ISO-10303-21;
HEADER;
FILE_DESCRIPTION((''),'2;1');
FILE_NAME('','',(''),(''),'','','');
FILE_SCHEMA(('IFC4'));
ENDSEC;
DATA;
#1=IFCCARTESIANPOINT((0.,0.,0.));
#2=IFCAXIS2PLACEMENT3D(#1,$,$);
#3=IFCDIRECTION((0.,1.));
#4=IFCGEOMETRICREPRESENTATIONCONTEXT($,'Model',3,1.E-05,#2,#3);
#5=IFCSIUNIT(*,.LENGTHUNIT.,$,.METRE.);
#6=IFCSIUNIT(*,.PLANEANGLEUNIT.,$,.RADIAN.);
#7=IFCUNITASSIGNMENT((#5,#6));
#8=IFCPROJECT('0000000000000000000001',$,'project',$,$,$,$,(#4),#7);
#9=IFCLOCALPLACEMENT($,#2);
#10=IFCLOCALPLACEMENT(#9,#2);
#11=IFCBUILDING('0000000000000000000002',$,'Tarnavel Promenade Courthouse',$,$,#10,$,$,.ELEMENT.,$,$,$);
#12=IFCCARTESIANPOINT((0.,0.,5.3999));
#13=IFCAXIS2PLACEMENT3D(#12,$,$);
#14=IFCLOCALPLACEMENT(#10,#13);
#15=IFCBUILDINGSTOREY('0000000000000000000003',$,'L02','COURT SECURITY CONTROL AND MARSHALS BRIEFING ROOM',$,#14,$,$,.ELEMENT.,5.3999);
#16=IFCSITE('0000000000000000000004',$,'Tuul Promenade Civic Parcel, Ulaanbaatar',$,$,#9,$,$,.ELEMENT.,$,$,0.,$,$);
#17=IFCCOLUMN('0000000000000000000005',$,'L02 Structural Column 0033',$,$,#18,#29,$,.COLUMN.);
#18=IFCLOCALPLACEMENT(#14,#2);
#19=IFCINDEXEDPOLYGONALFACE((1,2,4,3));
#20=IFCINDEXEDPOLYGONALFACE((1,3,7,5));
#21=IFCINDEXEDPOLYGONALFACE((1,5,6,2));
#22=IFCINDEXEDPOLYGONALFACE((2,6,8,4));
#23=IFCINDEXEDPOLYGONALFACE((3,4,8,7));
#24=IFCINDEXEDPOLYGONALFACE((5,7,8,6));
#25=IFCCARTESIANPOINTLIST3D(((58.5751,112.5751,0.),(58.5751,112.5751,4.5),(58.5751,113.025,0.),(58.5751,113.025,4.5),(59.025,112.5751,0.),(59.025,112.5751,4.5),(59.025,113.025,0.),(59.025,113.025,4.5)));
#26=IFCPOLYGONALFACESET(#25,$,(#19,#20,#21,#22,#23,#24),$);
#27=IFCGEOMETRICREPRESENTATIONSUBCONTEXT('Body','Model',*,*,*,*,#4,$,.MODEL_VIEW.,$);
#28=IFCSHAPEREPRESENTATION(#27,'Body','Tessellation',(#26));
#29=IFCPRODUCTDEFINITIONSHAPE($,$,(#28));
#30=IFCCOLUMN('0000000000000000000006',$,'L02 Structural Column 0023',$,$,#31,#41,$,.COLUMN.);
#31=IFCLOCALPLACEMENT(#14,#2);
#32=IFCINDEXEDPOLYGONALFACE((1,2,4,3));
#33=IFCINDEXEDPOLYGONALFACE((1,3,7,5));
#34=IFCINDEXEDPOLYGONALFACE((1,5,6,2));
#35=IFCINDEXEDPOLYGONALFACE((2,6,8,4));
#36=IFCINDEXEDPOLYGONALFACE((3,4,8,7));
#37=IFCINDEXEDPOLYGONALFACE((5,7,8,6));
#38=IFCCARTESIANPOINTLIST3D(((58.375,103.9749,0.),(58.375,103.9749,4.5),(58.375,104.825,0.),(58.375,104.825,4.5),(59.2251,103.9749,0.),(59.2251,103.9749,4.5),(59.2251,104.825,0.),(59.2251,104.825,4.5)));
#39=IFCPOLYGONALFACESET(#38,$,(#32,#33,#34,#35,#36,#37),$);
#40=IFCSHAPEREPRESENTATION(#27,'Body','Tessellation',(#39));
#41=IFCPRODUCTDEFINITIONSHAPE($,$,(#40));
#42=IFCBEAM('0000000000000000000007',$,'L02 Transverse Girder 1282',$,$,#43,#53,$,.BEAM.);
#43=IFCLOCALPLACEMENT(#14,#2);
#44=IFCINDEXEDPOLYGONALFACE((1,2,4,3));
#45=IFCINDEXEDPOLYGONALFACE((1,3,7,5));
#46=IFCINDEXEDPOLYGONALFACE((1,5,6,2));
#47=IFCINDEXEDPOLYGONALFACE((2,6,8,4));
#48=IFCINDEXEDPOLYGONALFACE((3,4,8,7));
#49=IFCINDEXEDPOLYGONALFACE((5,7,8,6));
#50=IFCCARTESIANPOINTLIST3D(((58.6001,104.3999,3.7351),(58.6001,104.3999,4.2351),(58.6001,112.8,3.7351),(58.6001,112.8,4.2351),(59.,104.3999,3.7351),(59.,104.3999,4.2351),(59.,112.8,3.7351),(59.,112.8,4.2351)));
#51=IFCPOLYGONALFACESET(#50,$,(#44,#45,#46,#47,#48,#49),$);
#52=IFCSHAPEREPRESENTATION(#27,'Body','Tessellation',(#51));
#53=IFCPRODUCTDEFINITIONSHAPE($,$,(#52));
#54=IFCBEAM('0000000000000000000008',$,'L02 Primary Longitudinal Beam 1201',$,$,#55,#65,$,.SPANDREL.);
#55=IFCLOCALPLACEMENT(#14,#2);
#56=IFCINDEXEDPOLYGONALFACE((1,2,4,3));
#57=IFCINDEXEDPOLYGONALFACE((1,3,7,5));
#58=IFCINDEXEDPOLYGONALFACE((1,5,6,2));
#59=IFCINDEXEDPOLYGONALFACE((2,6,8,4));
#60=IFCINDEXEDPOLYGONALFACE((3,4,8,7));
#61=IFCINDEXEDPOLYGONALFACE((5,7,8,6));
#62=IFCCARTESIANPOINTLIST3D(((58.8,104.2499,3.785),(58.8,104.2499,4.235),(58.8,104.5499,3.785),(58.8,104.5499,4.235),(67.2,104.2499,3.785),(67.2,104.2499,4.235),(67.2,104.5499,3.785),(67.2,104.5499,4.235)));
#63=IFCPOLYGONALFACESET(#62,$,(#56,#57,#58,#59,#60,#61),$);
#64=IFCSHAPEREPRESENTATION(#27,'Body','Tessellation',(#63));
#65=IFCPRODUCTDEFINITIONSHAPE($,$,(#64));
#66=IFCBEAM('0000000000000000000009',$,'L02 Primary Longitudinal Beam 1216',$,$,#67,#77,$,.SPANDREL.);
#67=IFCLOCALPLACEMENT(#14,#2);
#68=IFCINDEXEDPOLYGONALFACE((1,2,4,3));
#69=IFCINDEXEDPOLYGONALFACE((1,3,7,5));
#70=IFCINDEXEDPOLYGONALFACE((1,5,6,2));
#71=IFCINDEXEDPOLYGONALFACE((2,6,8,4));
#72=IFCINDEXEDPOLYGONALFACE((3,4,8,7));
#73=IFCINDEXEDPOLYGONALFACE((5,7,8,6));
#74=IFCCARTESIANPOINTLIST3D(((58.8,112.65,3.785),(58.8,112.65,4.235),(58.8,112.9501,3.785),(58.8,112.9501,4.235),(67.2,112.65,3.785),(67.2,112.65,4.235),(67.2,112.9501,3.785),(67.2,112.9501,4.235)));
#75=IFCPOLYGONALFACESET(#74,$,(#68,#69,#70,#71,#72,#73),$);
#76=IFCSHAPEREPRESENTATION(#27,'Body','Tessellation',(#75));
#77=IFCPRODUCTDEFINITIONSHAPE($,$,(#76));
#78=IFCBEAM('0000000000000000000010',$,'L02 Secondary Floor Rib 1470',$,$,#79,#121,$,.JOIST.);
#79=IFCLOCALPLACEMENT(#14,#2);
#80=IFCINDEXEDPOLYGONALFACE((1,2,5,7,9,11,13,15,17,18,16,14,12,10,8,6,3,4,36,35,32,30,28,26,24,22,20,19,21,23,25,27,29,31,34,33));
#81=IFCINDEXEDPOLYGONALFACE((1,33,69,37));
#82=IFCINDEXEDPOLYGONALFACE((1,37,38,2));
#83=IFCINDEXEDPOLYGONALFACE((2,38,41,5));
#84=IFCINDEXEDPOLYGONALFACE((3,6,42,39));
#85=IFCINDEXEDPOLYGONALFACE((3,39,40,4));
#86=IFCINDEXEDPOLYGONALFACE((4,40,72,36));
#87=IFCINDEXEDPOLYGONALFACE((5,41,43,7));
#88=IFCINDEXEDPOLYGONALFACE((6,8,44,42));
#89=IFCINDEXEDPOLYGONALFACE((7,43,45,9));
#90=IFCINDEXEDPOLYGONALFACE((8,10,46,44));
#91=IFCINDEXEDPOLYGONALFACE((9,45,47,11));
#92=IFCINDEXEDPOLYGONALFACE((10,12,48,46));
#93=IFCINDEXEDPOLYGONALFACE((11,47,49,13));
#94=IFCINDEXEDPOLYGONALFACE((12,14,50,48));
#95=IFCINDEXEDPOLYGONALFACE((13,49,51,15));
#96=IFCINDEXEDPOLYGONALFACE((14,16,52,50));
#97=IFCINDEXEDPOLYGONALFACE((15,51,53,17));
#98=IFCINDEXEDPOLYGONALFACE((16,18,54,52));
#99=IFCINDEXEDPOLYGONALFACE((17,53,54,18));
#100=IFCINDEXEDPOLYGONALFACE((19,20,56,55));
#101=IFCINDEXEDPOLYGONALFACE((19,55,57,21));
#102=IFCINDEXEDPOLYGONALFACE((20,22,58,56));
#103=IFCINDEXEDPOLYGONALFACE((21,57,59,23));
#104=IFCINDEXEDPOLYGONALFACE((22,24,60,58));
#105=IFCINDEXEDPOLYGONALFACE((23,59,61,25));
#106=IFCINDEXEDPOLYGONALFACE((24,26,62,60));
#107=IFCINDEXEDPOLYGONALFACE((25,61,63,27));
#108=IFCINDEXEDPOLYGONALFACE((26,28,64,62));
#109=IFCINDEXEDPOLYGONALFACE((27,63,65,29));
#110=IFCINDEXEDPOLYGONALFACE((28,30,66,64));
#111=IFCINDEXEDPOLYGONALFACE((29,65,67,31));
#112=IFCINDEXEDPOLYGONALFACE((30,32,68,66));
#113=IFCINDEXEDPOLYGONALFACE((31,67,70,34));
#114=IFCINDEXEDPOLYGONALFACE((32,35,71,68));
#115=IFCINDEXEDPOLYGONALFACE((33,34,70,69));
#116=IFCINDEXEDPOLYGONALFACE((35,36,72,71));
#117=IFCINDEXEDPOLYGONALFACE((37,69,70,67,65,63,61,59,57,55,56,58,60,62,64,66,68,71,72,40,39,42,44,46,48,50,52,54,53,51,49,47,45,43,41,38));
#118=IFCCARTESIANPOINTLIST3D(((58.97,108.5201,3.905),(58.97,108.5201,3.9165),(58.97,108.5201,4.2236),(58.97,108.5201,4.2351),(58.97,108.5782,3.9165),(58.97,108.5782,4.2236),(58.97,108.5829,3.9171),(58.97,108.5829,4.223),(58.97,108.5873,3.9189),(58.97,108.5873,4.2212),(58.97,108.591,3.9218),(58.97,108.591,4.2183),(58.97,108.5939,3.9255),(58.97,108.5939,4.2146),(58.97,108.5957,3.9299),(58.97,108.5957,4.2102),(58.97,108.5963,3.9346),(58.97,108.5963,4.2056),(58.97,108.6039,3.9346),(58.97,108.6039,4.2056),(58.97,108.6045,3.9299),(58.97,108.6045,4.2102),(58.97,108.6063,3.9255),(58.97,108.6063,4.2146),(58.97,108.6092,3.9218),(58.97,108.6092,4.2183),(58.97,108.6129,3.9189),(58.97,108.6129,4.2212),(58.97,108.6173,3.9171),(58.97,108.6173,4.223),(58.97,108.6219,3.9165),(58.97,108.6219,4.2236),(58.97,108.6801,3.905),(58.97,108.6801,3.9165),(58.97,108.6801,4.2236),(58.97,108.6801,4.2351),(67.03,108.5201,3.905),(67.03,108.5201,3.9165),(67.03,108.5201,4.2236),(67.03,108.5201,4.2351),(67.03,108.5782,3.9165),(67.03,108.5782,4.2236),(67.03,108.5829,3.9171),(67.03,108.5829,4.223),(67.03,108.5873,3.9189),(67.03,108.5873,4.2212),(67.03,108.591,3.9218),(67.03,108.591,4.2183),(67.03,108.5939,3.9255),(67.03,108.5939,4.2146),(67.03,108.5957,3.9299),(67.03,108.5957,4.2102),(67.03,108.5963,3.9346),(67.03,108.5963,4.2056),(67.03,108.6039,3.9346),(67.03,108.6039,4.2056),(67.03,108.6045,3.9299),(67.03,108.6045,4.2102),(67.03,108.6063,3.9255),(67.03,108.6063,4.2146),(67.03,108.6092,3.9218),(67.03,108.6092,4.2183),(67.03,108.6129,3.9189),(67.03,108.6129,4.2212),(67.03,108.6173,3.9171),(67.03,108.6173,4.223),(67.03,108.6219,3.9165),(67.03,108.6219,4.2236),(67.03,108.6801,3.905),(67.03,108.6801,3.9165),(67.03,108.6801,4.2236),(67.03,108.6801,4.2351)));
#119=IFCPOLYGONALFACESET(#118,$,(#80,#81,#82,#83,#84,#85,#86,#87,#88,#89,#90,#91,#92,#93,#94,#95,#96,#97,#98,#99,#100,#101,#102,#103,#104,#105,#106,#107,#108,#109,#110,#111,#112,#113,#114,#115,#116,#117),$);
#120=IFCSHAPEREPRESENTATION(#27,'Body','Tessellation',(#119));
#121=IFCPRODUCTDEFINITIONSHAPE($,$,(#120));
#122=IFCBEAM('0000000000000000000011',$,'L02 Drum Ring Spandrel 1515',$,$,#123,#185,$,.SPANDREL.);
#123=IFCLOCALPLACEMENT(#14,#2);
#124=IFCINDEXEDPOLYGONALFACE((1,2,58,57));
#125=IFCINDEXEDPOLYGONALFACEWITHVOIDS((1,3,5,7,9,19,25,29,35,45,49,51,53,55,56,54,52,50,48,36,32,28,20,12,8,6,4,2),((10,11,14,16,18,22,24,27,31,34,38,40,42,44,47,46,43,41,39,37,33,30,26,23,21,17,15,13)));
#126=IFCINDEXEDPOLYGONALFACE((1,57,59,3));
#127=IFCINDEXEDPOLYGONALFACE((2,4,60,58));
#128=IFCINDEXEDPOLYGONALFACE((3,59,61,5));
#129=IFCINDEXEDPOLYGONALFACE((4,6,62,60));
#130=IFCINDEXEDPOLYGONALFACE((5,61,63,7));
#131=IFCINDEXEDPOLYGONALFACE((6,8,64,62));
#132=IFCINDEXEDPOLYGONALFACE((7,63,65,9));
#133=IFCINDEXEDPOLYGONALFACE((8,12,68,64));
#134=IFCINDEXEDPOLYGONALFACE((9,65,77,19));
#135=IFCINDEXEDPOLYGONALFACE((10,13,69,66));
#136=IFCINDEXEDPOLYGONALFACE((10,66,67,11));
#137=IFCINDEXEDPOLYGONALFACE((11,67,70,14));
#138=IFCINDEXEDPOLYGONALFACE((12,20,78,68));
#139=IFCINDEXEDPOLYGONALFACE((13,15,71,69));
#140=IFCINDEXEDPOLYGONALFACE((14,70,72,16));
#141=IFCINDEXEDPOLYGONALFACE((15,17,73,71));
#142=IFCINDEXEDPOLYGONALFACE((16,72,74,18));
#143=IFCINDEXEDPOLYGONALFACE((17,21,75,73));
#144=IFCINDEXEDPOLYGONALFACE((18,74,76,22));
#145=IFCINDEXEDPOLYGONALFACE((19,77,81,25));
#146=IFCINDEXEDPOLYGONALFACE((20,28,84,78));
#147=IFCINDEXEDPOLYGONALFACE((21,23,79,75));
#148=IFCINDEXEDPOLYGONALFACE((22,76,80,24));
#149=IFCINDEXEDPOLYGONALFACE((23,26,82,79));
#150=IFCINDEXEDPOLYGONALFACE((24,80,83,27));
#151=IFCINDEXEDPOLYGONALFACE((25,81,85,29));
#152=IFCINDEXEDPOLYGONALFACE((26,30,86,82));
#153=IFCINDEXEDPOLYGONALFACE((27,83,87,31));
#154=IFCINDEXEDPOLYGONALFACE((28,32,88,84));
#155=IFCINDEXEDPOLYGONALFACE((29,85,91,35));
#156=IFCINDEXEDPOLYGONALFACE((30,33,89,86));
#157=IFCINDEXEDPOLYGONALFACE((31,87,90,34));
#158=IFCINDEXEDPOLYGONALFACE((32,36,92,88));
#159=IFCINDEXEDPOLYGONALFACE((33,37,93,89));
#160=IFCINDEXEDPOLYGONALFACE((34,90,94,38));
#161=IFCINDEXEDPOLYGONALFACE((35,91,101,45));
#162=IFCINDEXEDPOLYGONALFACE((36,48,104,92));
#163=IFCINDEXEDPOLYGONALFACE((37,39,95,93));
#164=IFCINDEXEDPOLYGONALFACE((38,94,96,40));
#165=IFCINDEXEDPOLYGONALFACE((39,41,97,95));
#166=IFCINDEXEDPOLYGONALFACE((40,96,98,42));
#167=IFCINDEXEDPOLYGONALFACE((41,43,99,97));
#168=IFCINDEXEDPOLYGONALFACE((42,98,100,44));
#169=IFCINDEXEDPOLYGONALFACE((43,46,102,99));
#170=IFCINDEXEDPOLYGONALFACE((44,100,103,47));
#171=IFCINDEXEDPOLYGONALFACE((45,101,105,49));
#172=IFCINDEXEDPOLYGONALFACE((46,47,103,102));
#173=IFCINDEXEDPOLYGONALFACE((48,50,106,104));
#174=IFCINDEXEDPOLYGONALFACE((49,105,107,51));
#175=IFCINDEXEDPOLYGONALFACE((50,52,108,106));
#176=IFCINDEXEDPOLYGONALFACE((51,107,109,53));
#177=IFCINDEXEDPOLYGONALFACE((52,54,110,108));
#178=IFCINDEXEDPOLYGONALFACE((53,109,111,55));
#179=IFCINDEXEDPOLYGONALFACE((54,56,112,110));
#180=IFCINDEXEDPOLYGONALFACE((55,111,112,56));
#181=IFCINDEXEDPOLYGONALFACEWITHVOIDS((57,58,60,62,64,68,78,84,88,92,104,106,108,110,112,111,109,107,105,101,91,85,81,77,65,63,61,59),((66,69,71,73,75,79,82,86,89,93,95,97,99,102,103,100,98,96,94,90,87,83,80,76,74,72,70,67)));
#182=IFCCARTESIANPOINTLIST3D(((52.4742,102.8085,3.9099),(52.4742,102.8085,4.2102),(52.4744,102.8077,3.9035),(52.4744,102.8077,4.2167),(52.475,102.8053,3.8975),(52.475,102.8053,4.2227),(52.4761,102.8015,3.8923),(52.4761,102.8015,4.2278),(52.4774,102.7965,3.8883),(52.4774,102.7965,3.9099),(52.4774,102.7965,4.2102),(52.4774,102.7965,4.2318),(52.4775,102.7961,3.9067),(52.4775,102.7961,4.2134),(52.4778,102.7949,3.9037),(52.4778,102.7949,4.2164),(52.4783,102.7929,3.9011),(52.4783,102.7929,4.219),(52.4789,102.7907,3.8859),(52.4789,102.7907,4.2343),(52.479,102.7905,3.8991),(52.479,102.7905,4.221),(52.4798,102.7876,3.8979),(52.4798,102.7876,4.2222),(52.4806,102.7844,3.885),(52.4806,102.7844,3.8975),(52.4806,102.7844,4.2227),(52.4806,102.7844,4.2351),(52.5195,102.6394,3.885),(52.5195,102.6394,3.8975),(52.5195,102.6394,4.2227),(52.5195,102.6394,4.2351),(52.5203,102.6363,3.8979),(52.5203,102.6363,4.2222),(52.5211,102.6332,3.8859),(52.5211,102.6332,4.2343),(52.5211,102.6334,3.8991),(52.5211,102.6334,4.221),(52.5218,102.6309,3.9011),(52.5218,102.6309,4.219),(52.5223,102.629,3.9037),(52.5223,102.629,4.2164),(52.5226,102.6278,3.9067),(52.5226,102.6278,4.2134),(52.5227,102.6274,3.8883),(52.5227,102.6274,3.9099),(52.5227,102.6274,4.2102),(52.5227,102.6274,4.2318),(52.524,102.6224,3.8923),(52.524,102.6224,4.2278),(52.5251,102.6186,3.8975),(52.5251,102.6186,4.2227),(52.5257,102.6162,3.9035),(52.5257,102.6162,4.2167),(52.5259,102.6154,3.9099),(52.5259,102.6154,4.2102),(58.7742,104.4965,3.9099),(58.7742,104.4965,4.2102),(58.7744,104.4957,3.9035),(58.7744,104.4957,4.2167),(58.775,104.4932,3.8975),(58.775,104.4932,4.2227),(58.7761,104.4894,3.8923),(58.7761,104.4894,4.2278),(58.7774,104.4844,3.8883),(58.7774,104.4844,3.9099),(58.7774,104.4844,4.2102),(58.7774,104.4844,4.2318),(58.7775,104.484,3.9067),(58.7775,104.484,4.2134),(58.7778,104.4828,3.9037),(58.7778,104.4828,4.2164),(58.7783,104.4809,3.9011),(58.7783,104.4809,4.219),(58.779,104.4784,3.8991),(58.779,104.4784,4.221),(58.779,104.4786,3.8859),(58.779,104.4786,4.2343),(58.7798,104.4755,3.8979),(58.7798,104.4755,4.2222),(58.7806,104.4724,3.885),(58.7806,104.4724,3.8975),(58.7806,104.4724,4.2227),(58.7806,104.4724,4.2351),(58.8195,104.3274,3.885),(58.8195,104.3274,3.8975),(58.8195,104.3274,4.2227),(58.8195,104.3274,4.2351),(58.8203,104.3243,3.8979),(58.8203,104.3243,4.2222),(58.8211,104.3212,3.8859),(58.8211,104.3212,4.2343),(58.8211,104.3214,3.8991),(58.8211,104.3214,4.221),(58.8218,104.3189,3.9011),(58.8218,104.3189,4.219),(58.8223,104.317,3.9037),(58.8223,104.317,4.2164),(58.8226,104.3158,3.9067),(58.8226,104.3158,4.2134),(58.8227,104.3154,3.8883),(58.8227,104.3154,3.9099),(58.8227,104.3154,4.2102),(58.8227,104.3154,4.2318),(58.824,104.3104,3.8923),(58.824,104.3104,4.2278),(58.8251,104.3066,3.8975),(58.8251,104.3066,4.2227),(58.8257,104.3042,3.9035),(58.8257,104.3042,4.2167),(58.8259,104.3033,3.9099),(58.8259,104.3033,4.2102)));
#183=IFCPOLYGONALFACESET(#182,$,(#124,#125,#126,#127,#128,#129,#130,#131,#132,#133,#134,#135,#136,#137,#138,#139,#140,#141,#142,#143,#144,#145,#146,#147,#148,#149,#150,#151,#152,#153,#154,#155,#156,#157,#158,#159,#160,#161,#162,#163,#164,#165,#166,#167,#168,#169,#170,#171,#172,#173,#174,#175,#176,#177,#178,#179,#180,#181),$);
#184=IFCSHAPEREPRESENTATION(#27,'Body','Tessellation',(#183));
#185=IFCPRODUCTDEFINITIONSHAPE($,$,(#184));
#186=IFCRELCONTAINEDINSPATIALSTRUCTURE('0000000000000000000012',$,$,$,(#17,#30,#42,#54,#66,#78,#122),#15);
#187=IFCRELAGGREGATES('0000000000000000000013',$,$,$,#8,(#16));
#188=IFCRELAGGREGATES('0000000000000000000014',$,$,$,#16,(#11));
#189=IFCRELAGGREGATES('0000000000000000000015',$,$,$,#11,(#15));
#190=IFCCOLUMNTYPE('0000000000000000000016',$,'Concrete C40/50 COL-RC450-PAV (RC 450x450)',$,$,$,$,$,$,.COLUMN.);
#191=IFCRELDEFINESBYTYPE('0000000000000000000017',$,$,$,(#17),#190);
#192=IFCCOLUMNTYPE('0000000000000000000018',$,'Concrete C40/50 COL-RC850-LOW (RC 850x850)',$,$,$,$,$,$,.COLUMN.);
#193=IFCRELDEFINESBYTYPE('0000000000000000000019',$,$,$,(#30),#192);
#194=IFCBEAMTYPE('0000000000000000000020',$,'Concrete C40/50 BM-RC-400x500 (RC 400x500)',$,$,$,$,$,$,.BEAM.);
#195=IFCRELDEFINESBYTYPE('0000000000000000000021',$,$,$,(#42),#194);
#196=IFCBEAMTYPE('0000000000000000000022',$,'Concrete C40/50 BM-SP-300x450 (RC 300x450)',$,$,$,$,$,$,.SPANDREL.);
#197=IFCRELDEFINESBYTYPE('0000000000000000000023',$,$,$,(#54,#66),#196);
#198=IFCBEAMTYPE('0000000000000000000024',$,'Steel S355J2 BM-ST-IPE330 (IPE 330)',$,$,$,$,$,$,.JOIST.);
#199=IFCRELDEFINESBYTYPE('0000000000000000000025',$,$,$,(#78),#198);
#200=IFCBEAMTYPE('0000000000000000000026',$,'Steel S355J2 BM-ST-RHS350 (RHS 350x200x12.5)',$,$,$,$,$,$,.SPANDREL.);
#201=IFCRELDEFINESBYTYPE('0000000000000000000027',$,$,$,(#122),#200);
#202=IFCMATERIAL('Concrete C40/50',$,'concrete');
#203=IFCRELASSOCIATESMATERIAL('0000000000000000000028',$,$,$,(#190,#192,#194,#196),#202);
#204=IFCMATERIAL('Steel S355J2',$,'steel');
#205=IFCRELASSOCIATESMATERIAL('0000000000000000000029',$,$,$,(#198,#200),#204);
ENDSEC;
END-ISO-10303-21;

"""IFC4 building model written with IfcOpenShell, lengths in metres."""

from ifc_helpers import new_model, si_unit, direction, frame, origin, origin_2d, place, context, subcontext, project, spatial, rectangle, hollow_rectangle, i_section, extrude, material, material_profile, profile_set, type_object, element, save


model = new_model("IFC4")

# Units and contexts
model_context = context("Model", 3, precision=1e-05, world=origin(), true_north=direction((0.0, 1.0)))
body_context = subcontext(model_context, "Body", "Model", "MODEL_VIEW")
ifc_project = project(units=[si_unit("LENGTHUNIT", "METRE"), si_unit("PLANEANGLEUNIT", "RADIAN")], contexts=[model_context])

# Site, building, storey
site_placement = place(None, origin())
site = spatial("IfcSite", under=ifc_project, at=site_placement, Name="Tuul Promenade Civic Parcel, Ulaanbaatar", CompositionType="ELEMENT", RefElevation=0.0)
building_placement = place(site_placement, origin())
building = spatial("IfcBuilding", under=site, at=building_placement, Name="Tarnavel Promenade Courthouse", CompositionType="ELEMENT")
storey_placement = place(building_placement, frame((0.0, 0.0, 5.3999)))
storey = spatial("IfcBuildingStorey", under=building, at=storey_placement, Name="L02", Description="COURT SECURITY CONTROL AND MARSHALS BRIEFING ROOM", CompositionType="ELEMENT", Elevation=5.3999)

# Columns
ifc_material_1 = material(Name="Concrete C40/50", Category="concrete")
ifc_material_profile_1 = material_profile(ifc_material_1, rectangle(XDim=0.45, YDim=0.45, at=origin_2d()), Name="RC 450x450")
ifc_profile_set_1 = profile_set([ifc_material_profile_1], Name="Concrete C40/50")
column_type_1 = type_object("IfcColumnType", Name="Concrete C40/50 COL-RC450-PAV (RC 450x450)", PredefinedType="COLUMN", material=ifc_profile_set_1)
column_1_placement = place(storey_placement, frame((58.8, 112.8, 0.0), z_axis=(0.0, 0.0, 1.0), x_axis=(1.0, 0.0, 0.0)))
element("IfcColumn", 1, at=column_1_placement, inside=storey, type_object=column_type_1, Name="L02 Structural Column 0033", PredefinedType="COLUMN", context=body_context, shape_type="SweptSolid", body=[
    extrude(rectangle(XDim=0.45, YDim=0.45, at=origin_2d()), origin(), (0.0, 0.0, 1.0), 4.5),
])
ifc_material_profile_2 = material_profile(ifc_material_1, rectangle(XDim=0.8501, YDim=0.8501, at=origin_2d()), Name="RC 850x850")
ifc_profile_set_2 = profile_set([ifc_material_profile_2], Name="Concrete C40/50")
column_type_2 = type_object("IfcColumnType", Name="Concrete C40/50 COL-RC850-LOW (RC 850x850)", PredefinedType="COLUMN", material=ifc_profile_set_2)
column_2_placement = place(storey_placement, frame((58.8, 104.3999, 0.0), z_axis=(0.0, 0.0, 1.0), x_axis=(1.0, 0.0, 0.0)))
element("IfcColumn", 2, at=column_2_placement, inside=storey, type_object=column_type_2, Name="L02 Structural Column 0023", PredefinedType="COLUMN", context=body_context, shape_type="SweptSolid", body=[
    extrude(rectangle(XDim=0.8501, YDim=0.8501, at=origin_2d()), origin(), (0.0, 0.0, 1.0), 4.5),
])

# Beams
ifc_material_profile_3 = material_profile(ifc_material_1, rectangle(XDim=0.3999, YDim=0.5, at=origin_2d()), Name="RC 400x500")
ifc_profile_set_3 = profile_set([ifc_material_profile_3], Name="Concrete C40/50")
beam_type_1 = type_object("IfcBeamType", Name="Concrete C40/50 BM-RC-400x500 (RC 400x500)", PredefinedType="BEAM", material=ifc_profile_set_3)
beam_1_placement = place(storey_placement, frame((58.8, 104.3999, 3.9851), z_axis=(0.0, 1.0, 0.0), x_axis=(-1.0, 0.0, 0.0)))
element("IfcBeam", 3, at=beam_1_placement, inside=storey, type_object=beam_type_1, Name="L02 Transverse Girder 1282", PredefinedType="BEAM", context=body_context, shape_type="SweptSolid", body=[
    extrude(rectangle(XDim=0.3999, YDim=0.5, at=origin_2d()), origin(), (0.0, 0.0, 1.0), 8.4001),
])
ifc_material_profile_4 = material_profile(ifc_material_1, rectangle(XDim=0.3, YDim=0.45, at=origin_2d()), Name="RC 300x450")
ifc_profile_set_4 = profile_set([ifc_material_profile_4], Name="Concrete C40/50")
beam_type_2 = type_object("IfcBeamType", Name="Concrete C40/50 BM-SP-300x450 (RC 300x450)", PredefinedType="SPANDREL", material=ifc_profile_set_4)
for number, where, z_axis, x_axis, name in (
    (4, (58.8, 104.3999, 4.01), (1.0, 0.0, 0.0), (0.0, 1.0, 0.0), "L02 Primary Longitudinal Beam 1201"),
    (5, (58.8, 112.8, 4.01), (1.0, 0.0, 0.0), (0.0, 1.0, 0.0), "L02 Primary Longitudinal Beam 1216"),
):
    element("IfcBeam", number, at=place(storey_placement, frame(where, z_axis=z_axis, x_axis=x_axis)), inside=storey, type_object=beam_type_2, Name=name, PredefinedType="SPANDREL", context=body_context, shape_type="SweptSolid", body=[
        extrude(rectangle(XDim=0.3, YDim=0.45, at=origin_2d()), origin(), (0.0, 0.0, 1.0), 8.3999),
    ])
ifc_material_2 = material(Name="Steel S355J2", Category="steel")
ifc_material_profile_5 = material_profile(ifc_material_2, i_section(OverallWidth=0.1599, OverallDepth=0.3301, WebThickness=0.0076, FlangeThickness=0.0115, FilletRadius=0.0181, at=origin_2d()), Name="IPE 330")
ifc_profile_set_5 = profile_set([ifc_material_profile_5], Name="Steel S355J2")
beam_type_3 = type_object("IfcBeamType", Name="Steel S355J2 BM-ST-IPE330 (IPE 330)", PredefinedType="JOIST", material=ifc_profile_set_5)
beam_2_placement = place(storey_placement, frame((58.97, 108.6001, 4.0701), z_axis=(1.0, 0.0, 0.0), x_axis=(0.0, 1.0, 0.0)))
element("IfcBeam", 6, at=beam_2_placement, inside=storey, type_object=beam_type_3, Name="L02 Secondary Floor Rib 1470", PredefinedType="JOIST", context=body_context, shape_type="SweptSolid", body=[
    extrude(i_section(OverallWidth=0.1599, OverallDepth=0.3301, WebThickness=0.0076, FlangeThickness=0.0115, FilletRadius=0.0181, at=origin_2d()), origin(), (0.0, 0.0, 1.0), 8.0601),
])
ifc_material_profile_6 = material_profile(ifc_material_2, hollow_rectangle(XDim=0.2, YDim=0.3501, WallThickness=0.0125, InnerFilletRadius=0.0125, OuterFilletRadius=0.0249, at=origin_2d()), Name="RHS 350x200x12.5")
ifc_profile_set_6 = profile_set([ifc_material_profile_6], Name="Steel S355J2")
beam_type_4 = type_object("IfcBeamType", Name="Steel S355J2 BM-ST-RHS350 (RHS 350x200x12.5)", PredefinedType="SPANDREL", material=ifc_profile_set_6)
beam_3_placement = place(storey_placement, frame((58.8, 104.3999, 4.0601), z_axis=(-0.96593, -0.258804, 0.0), x_axis=(0.258804, -0.96593, 0.0)))
element("IfcBeam", 7, at=beam_3_placement, inside=storey, type_object=beam_type_4, Name="L02 Drum Ring Spandrel 1515", PredefinedType="SPANDREL", context=body_context, shape_type="SweptSolid", body=[
    extrude(hollow_rectangle(XDim=0.2, YDim=0.3501, WallThickness=0.0125, InnerFilletRadius=0.0125, OuterFilletRadius=0.0249, at=origin_2d()), origin(), (0.0, 0.0, 1.0), 6.5222),
])

save(model, "model.ifc")
